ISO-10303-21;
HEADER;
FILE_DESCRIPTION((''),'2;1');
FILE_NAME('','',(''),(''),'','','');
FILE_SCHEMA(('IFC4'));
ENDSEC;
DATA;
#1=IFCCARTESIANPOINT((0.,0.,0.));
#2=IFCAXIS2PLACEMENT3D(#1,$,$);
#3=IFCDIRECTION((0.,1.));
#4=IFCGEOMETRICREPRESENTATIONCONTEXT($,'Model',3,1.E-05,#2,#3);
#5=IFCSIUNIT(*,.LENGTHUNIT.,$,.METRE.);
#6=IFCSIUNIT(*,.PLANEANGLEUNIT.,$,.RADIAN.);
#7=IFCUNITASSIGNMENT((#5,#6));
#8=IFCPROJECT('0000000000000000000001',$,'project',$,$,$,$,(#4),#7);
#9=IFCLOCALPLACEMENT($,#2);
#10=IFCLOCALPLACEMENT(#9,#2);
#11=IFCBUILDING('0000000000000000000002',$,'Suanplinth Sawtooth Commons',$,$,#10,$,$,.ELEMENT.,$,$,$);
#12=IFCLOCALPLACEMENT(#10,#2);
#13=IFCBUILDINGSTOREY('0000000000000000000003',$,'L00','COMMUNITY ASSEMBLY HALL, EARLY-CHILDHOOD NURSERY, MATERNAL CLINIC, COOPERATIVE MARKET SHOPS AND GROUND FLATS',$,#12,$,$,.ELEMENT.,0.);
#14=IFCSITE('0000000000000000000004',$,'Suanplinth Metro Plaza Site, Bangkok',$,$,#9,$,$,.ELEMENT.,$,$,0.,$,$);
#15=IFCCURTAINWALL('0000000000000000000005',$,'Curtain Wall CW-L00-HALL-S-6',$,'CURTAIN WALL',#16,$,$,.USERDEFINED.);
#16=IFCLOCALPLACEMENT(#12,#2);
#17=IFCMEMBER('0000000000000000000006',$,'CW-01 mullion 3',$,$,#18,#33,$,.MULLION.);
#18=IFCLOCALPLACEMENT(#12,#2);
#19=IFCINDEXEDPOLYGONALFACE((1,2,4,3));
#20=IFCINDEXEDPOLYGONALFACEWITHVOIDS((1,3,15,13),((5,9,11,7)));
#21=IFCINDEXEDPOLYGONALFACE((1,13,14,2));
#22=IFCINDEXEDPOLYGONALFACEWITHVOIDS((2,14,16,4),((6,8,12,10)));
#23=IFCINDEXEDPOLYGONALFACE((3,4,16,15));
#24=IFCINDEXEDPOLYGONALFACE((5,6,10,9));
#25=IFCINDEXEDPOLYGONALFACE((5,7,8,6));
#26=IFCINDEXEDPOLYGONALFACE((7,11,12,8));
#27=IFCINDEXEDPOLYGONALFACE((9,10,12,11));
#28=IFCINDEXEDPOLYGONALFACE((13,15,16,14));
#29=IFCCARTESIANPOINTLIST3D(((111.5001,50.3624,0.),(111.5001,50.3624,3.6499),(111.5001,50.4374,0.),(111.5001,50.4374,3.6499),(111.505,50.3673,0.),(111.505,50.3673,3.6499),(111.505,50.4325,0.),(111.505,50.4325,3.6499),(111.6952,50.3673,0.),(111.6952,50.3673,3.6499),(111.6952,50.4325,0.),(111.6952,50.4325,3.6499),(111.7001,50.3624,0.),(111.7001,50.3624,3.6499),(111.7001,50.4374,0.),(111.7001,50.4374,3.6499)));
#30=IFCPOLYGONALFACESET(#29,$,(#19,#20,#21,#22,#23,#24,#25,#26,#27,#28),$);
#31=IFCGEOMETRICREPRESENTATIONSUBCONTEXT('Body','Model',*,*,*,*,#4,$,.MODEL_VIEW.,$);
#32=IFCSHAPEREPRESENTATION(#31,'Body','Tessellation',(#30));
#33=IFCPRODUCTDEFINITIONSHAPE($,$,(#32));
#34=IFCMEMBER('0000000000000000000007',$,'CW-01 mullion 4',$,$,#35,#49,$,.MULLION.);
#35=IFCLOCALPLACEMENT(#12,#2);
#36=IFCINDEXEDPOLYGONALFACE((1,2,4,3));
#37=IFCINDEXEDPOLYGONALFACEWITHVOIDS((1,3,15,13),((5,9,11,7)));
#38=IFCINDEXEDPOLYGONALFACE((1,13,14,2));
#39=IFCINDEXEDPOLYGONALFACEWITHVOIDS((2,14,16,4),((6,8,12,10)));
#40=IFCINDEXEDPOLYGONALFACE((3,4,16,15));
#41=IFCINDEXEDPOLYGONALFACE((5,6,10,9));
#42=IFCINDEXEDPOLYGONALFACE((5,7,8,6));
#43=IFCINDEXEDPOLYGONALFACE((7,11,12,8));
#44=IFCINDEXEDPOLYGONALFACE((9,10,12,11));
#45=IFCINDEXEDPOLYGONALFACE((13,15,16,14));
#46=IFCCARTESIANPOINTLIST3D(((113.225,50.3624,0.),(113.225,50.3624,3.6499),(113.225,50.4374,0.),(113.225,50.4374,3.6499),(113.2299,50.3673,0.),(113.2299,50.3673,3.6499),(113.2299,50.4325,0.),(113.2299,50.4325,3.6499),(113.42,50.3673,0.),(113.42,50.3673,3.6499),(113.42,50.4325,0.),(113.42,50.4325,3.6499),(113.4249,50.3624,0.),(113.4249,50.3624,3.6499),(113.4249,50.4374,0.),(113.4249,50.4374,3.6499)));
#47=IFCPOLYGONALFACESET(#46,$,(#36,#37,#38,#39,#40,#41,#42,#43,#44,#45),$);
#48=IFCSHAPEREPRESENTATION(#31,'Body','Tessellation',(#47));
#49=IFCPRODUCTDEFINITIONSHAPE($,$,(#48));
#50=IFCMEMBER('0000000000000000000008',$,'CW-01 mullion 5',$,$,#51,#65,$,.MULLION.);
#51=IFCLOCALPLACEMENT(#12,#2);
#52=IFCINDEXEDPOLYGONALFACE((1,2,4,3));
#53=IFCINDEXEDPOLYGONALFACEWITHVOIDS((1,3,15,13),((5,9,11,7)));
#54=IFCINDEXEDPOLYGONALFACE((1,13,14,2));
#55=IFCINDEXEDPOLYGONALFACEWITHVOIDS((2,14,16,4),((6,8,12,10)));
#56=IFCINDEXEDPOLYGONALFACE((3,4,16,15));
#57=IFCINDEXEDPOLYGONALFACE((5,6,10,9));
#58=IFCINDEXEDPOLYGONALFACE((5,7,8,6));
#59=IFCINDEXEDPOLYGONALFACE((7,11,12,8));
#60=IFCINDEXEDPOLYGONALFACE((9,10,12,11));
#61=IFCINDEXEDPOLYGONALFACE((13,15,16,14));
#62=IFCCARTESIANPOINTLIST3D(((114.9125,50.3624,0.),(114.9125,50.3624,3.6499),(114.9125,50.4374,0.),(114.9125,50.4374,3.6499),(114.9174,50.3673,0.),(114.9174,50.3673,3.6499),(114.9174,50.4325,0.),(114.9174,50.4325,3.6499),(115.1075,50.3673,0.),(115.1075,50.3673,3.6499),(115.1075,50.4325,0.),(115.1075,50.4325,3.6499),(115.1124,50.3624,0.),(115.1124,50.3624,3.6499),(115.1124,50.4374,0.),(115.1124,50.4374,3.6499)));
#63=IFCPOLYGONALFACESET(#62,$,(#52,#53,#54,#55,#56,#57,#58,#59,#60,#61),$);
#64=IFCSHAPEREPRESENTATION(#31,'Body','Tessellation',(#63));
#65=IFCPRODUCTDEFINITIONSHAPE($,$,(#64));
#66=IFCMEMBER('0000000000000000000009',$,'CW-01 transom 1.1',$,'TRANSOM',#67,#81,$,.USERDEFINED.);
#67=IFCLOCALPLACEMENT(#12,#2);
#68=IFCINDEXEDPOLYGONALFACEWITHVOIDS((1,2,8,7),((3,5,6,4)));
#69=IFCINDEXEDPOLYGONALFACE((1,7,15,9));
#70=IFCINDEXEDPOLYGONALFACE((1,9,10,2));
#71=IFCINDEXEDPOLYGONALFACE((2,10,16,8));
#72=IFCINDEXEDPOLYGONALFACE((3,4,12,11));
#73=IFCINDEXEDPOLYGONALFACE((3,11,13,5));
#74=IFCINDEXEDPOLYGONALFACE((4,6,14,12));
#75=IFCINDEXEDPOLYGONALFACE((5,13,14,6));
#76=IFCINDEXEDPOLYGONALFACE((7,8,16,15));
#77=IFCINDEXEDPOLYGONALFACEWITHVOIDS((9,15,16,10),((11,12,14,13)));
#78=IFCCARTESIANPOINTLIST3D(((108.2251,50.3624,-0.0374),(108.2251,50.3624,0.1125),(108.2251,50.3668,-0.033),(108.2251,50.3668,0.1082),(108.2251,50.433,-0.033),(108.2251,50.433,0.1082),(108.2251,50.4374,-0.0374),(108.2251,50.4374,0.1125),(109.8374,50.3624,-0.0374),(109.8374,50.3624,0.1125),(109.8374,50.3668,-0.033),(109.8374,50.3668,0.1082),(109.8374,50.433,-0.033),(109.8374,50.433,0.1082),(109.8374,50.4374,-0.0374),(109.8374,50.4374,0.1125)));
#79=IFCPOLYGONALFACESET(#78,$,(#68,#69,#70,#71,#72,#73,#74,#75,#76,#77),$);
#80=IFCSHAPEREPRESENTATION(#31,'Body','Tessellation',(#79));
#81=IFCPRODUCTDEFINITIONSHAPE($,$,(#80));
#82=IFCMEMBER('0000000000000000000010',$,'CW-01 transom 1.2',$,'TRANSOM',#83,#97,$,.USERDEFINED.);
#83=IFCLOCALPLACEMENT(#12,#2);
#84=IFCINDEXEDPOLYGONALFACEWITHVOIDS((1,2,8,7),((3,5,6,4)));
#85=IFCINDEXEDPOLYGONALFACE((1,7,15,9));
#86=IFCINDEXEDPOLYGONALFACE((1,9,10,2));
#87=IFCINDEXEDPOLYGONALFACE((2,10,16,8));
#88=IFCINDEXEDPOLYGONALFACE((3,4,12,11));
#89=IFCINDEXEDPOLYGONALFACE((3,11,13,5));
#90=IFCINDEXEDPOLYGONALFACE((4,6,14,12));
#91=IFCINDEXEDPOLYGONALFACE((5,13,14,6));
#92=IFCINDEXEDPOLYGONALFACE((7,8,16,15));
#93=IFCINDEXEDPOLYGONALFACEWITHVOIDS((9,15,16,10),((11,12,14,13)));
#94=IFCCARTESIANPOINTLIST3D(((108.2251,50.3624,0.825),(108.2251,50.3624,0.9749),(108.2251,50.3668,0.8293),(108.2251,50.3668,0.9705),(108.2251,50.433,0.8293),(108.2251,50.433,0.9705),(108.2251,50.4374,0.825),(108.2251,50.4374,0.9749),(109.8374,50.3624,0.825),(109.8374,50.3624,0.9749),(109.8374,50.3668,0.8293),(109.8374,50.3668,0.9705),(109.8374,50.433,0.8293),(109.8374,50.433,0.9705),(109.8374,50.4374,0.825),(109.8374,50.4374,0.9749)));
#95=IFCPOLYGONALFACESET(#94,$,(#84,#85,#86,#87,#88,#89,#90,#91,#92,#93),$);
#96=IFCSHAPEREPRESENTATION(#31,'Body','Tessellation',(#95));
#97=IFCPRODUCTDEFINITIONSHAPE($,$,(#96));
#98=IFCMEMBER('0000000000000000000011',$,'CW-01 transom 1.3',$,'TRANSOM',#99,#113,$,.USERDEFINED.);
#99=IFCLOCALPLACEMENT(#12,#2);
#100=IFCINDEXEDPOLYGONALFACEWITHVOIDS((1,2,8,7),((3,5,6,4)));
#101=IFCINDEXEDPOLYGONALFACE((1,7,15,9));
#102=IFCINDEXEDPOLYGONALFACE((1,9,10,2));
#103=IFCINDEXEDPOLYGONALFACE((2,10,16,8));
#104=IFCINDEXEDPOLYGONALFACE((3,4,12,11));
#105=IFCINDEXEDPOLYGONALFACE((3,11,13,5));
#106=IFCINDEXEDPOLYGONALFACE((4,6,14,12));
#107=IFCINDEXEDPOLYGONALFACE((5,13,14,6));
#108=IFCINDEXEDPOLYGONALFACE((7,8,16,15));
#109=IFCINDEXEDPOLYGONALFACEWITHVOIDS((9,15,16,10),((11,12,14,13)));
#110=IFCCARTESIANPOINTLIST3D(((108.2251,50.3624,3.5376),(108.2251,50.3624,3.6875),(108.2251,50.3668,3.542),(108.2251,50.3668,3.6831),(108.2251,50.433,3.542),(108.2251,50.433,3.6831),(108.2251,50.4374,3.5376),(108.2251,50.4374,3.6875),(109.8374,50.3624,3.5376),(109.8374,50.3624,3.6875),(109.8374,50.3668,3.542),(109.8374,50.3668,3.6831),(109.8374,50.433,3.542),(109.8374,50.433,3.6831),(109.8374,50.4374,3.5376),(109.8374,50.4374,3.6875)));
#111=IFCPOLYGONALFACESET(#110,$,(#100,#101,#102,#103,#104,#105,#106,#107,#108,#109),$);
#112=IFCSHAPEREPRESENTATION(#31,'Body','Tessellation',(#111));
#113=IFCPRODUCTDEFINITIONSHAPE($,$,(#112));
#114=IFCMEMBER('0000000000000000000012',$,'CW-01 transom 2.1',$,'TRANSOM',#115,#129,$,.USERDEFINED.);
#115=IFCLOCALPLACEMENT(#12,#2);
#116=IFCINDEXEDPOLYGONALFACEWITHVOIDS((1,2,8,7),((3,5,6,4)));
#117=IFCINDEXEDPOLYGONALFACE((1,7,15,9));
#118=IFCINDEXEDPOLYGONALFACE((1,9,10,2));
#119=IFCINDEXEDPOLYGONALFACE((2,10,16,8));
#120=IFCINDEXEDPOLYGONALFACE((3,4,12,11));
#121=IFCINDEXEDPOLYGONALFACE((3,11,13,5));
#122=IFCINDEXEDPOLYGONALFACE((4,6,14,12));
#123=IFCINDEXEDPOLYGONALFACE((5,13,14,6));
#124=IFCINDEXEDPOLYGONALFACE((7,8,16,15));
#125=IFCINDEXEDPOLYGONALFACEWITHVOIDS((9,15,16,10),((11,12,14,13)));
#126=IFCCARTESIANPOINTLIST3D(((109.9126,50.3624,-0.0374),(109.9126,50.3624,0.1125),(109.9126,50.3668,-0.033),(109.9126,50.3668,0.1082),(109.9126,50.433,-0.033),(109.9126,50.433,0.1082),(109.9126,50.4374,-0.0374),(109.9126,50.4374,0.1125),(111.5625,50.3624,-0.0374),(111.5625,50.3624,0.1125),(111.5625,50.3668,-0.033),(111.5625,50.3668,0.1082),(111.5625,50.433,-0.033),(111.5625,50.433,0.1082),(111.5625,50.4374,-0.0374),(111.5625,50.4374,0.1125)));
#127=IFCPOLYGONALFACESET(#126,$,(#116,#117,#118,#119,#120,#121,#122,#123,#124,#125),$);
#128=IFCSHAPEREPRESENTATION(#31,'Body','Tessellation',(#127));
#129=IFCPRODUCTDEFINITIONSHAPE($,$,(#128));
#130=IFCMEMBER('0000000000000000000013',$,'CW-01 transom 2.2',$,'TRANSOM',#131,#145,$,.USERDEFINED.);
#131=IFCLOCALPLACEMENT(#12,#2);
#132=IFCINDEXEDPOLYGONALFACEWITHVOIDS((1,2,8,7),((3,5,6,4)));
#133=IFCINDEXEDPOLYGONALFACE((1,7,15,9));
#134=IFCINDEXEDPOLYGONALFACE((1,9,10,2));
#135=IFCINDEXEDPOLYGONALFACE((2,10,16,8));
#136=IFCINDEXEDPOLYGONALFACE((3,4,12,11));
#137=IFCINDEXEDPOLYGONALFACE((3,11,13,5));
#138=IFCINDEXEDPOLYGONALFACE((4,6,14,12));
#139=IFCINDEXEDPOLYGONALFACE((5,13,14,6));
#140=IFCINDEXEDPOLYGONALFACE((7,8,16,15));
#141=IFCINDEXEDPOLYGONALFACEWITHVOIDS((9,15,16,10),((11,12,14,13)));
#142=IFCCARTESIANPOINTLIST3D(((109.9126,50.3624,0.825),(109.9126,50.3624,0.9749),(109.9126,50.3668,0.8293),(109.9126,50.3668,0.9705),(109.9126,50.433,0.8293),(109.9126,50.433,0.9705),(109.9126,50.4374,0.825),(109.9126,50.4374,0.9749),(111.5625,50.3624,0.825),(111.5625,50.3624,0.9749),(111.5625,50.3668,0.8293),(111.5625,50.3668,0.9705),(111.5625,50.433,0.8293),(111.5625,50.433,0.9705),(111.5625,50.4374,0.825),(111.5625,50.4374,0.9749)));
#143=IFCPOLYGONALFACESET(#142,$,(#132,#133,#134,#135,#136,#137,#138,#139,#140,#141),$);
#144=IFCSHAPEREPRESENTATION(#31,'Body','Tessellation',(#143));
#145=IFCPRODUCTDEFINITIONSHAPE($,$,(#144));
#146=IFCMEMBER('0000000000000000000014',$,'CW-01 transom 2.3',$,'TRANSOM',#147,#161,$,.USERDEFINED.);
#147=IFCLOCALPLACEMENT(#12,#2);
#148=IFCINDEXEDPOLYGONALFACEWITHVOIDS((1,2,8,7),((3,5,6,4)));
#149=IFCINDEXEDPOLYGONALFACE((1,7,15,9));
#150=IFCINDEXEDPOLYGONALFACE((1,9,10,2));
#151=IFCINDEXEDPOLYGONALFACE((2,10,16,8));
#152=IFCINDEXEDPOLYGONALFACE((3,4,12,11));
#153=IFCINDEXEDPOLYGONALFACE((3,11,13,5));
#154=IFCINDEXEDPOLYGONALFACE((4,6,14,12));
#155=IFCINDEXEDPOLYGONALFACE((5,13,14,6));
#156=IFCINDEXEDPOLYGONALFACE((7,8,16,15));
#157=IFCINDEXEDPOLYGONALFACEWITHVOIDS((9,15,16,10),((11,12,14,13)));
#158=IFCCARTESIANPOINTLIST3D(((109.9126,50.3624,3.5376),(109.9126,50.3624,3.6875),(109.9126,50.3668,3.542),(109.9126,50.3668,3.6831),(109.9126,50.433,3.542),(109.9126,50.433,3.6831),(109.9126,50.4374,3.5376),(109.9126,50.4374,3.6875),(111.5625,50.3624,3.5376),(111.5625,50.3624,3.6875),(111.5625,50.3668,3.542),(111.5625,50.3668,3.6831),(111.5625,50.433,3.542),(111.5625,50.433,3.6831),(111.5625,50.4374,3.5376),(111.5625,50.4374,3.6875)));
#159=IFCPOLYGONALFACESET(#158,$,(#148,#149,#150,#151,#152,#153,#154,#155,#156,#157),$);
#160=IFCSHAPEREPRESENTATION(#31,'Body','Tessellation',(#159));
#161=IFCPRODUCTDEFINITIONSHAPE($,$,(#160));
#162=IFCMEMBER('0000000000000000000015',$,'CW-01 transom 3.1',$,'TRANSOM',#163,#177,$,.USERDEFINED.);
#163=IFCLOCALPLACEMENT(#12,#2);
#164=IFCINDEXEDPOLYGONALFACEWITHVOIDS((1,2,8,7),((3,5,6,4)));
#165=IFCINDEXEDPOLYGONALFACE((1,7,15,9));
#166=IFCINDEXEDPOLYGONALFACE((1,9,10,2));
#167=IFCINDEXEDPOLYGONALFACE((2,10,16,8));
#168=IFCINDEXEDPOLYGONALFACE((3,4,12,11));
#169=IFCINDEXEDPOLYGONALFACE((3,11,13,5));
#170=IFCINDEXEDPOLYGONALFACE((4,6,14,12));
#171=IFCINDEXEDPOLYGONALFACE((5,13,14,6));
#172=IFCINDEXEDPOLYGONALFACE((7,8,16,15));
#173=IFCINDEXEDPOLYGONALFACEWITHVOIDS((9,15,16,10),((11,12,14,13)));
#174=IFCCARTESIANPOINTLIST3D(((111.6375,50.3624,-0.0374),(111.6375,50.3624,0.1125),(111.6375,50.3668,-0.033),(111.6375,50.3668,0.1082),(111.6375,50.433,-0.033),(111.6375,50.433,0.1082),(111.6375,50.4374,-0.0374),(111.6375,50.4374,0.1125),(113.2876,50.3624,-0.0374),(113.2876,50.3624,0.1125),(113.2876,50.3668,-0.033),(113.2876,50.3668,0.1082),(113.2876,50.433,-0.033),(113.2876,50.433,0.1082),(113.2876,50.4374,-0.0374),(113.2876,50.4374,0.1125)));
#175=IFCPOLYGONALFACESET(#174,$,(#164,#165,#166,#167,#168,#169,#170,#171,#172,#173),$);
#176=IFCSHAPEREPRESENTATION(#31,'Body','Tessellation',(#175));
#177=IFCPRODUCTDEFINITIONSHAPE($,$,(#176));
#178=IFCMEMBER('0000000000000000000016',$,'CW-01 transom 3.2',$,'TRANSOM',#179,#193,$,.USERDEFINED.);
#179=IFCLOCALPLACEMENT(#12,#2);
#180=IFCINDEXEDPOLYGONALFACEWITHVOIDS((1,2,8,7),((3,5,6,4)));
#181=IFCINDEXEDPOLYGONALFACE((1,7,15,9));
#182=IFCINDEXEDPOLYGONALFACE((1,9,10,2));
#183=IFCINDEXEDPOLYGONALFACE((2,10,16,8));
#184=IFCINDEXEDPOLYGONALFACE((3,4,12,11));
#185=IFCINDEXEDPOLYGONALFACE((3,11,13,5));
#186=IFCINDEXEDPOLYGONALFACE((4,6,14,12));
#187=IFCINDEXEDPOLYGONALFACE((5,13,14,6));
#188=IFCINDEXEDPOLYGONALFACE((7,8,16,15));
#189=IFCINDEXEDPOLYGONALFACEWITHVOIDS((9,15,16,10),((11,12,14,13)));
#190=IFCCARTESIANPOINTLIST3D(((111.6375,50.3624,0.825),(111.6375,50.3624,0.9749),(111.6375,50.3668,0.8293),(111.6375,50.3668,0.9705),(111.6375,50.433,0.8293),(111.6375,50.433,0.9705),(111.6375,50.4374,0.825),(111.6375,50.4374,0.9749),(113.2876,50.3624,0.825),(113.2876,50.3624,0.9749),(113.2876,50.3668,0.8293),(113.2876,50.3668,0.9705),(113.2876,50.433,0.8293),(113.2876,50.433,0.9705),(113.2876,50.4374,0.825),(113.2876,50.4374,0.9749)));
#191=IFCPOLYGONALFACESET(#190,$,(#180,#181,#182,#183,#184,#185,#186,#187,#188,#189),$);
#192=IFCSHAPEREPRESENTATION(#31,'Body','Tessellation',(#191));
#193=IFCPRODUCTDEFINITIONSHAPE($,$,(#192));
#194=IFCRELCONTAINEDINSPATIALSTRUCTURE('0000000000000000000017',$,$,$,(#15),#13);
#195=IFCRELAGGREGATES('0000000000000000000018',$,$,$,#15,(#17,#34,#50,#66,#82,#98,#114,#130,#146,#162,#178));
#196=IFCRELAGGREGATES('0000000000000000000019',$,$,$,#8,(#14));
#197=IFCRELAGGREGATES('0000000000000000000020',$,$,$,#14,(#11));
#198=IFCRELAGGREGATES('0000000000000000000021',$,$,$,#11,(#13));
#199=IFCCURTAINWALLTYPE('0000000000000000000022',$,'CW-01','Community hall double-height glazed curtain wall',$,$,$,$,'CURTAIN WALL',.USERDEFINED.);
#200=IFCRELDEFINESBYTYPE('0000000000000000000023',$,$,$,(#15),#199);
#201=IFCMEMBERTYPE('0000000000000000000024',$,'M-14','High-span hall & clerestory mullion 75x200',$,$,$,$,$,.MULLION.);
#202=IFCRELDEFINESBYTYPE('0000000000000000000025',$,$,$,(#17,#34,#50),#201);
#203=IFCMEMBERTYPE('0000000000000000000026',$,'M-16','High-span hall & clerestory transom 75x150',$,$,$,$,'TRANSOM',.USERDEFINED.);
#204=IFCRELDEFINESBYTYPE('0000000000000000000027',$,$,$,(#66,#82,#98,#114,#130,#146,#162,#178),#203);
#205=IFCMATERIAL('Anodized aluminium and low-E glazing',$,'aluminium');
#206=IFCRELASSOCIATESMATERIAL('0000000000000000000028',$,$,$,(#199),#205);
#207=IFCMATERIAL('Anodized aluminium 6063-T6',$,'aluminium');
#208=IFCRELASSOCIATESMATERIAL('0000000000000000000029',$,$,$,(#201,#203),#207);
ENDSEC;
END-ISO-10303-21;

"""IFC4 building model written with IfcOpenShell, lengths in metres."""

from ifc_helpers import new_model, si_unit, direction, frame, origin, origin_2d, place, context, subcontext, project, spatial, hollow_rectangle, extrude, material, material_profile, profile_set, type_object, element, aggregate, save


model = new_model("IFC4")

# Units and contexts
model_context = context("Model", 3, precision=1e-05, world=origin(), true_north=direction((0.0, 1.0)))
body_context = subcontext(model_context, "Body", "Model", "MODEL_VIEW")
ifc_project = project(units=[si_unit("LENGTHUNIT", "METRE"), si_unit("PLANEANGLEUNIT", "RADIAN")], contexts=[model_context])

# Site, building, storey
site_placement = place(None, origin())
site = spatial("IfcSite", under=ifc_project, at=site_placement, Name="Suanplinth Metro Plaza Site, Bangkok", CompositionType="ELEMENT", RefElevation=0.0)
building_placement = place(site_placement, origin())
building = spatial("IfcBuilding", under=site, at=building_placement, Name="Suanplinth Sawtooth Commons", CompositionType="ELEMENT")
storey_placement = place(building_placement, origin())
storey = spatial("IfcBuildingStorey", under=building, at=storey_placement, Name="L00", Description="COMMUNITY ASSEMBLY HALL, EARLY-CHILDHOOD NURSERY, MATERNAL CLINIC, COOPERATIVE MARKET SHOPS AND GROUND FLATS", CompositionType="ELEMENT", Elevation=0.0)

# Shared definitions
ifc_material_1 = material(Name="Anodized aluminium and low-E glazing", Category="aluminium")
curtain_wall_type = type_object("IfcCurtainWallType", Name="CW-01", Description="Community hall double-height glazed curtain wall", ElementType="CURTAIN WALL", PredefinedType="USERDEFINED", material=ifc_material_1)
ifc_material_2 = material(Name="Anodized aluminium 6063-T6", Category="aluminium")
ifc_material_profile_1 = material_profile(ifc_material_2, hollow_rectangle(XDim=0.075, YDim=0.2, WallThickness=0.0049, at=origin_2d()), Name="ALU-MUL 75x200")
ifc_profile_set_1 = profile_set([ifc_material_profile_1], Name="Anodized aluminium 6063-T6")
member_type_1 = type_object("IfcMemberType", Name="M-14", Description="High-span hall & clerestory mullion 75x200", PredefinedType="MULLION", material=ifc_profile_set_1)

# Curtain wall, members
curtain_wall_1_placement = place(storey_placement, origin())
curtain_wall_1 = element("IfcCurtainWall", 1, at=curtain_wall_1_placement, inside=storey, type_object=curtain_wall_type, Name="Curtain Wall CW-L00-HALL-S-6", ObjectType="CURTAIN WALL", PredefinedType="USERDEFINED")
member_1_placement = place(storey_placement, frame((111.6001, 50.3999, 0.0), z_axis=(0.0, 0.0, 1.0), x_axis=(0.0, 1.0, 0.0)))
member_1 = element("IfcMember", 2, at=member_1_placement, type_object=member_type_1, Name="CW-01 mullion 3", PredefinedType="MULLION", context=body_context, shape_type="SweptSolid", body=[
    extrude(hollow_rectangle(XDim=0.075, YDim=0.2, WallThickness=0.0049, at=origin_2d()), origin(), (0.0, 0.0, 1.0), 3.6499),
])
member_2_placement = place(storey_placement, frame((113.325, 50.3999, 0.0), z_axis=(0.0, 0.0, 1.0), x_axis=(0.0, 1.0, 0.0)))
member_2 = element("IfcMember", 3, at=member_2_placement, type_object=member_type_1, Name="CW-01 mullion 4", PredefinedType="MULLION", context=body_context, shape_type="SweptSolid", body=[
    extrude(hollow_rectangle(XDim=0.075, YDim=0.2, WallThickness=0.0049, at=origin_2d()), origin(), (0.0, 0.0, 1.0), 3.6499),
])
member_3_placement = place(storey_placement, frame((115.0125, 50.3999, 0.0), z_axis=(0.0, 0.0, 1.0), x_axis=(0.0, 1.0, 0.0)))
member_3 = element("IfcMember", 4, at=member_3_placement, type_object=member_type_1, Name="CW-01 mullion 5", PredefinedType="MULLION", context=body_context, shape_type="SweptSolid", body=[
    extrude(hollow_rectangle(XDim=0.075, YDim=0.2, WallThickness=0.0049, at=origin_2d()), origin(), (0.0, 0.0, 1.0), 3.6499),
])
ifc_material_profile_2 = material_profile(ifc_material_2, hollow_rectangle(XDim=0.075, YDim=0.1499, WallThickness=0.0044, at=origin_2d()), Name="ALU-TRN 75x150")
ifc_profile_set_2 = profile_set([ifc_material_profile_2], Name="Anodized aluminium 6063-T6")
member_type_2 = type_object("IfcMemberType", Name="M-16", Description="High-span hall & clerestory transom 75x150", ElementType="TRANSOM", PredefinedType="USERDEFINED", material=ifc_profile_set_2)
member_4_placement = place(storey_placement, frame((108.2251, 50.3999, 0.0376), z_axis=(1.0, 0.0, 0.0), x_axis=(0.0, 1.0, 0.0)))
member_4 = element("IfcMember", 5, at=member_4_placement, type_object=member_type_2, Name="CW-01 transom 1.1", ObjectType="TRANSOM", PredefinedType="USERDEFINED", context=body_context, shape_type="SweptSolid", body=[
    extrude(hollow_rectangle(XDim=0.075, YDim=0.1499, WallThickness=0.0044, at=origin_2d()), origin(), (0.0, 0.0, 1.0), 1.6123),
])
member_5_placement = place(storey_placement, frame((108.2251, 50.3999, 0.8999), z_axis=(1.0, 0.0, 0.0), x_axis=(0.0, 1.0, 0.0)))
member_5 = element("IfcMember", 6, at=member_5_placement, type_object=member_type_2, Name="CW-01 transom 1.2", ObjectType="TRANSOM", PredefinedType="USERDEFINED", context=body_context, shape_type="SweptSolid", body=[
    extrude(hollow_rectangle(XDim=0.075, YDim=0.1499, WallThickness=0.0044, at=origin_2d()), origin(), (0.0, 0.0, 1.0), 1.6123),
])
member_6_placement = place(storey_placement, frame((108.2251, 50.3999, 3.6125), z_axis=(1.0, 0.0, 0.0), x_axis=(0.0, 1.0, 0.0)))
member_6 = element("IfcMember", 7, at=member_6_placement, type_object=member_type_2, Name="CW-01 transom 1.3", ObjectType="TRANSOM", PredefinedType="USERDEFINED", context=body_context, shape_type="SweptSolid", body=[
    extrude(hollow_rectangle(XDim=0.075, YDim=0.1499, WallThickness=0.0044, at=origin_2d()), origin(), (0.0, 0.0, 1.0), 1.6123),
])
member_7_placement = place(storey_placement, frame((109.9126, 50.3999, 0.0376), z_axis=(1.0, 0.0, 0.0), x_axis=(0.0, 1.0, 0.0)))
member_7 = element("IfcMember", 8, at=member_7_placement, type_object=member_type_2, Name="CW-01 transom 2.1", ObjectType="TRANSOM", PredefinedType="USERDEFINED", context=body_context, shape_type="SweptSolid", body=[
    extrude(hollow_rectangle(XDim=0.075, YDim=0.1499, WallThickness=0.0044, at=origin_2d()), origin(), (0.0, 0.0, 1.0), 1.6499),
])
member_8_placement = place(storey_placement, frame((109.9126, 50.3999, 0.8999), z_axis=(1.0, 0.0, 0.0), x_axis=(0.0, 1.0, 0.0)))
member_8 = element("IfcMember", 9, at=member_8_placement, type_object=member_type_2, Name="CW-01 transom 2.2", ObjectType="TRANSOM", PredefinedType="USERDEFINED", context=body_context, shape_type="SweptSolid", body=[
    extrude(hollow_rectangle(XDim=0.075, YDim=0.1499, WallThickness=0.0044, at=origin_2d()), origin(), (0.0, 0.0, 1.0), 1.6499),
])
member_9_placement = place(storey_placement, frame((109.9126, 50.3999, 3.6125), z_axis=(1.0, 0.0, 0.0), x_axis=(0.0, 1.0, 0.0)))
member_9 = element("IfcMember", 10, at=member_9_placement, type_object=member_type_2, Name="CW-01 transom 2.3", ObjectType="TRANSOM", PredefinedType="USERDEFINED", context=body_context, shape_type="SweptSolid", body=[
    extrude(hollow_rectangle(XDim=0.075, YDim=0.1499, WallThickness=0.0044, at=origin_2d()), origin(), (0.0, 0.0, 1.0), 1.6499),
])
member_10_placement = place(storey_placement, frame((111.6375, 50.3999, 0.0376), z_axis=(1.0, 0.0, 0.0), x_axis=(0.0, 1.0, 0.0)))
member_10 = element("IfcMember", 11, at=member_10_placement, type_object=member_type_2, Name="CW-01 transom 3.1", ObjectType="TRANSOM", PredefinedType="USERDEFINED", context=body_context, shape_type="SweptSolid", body=[
    extrude(hollow_rectangle(XDim=0.075, YDim=0.1499, WallThickness=0.0044, at=origin_2d()), origin(), (0.0, 0.0, 1.0), 1.6501),
])
member_11_placement = place(storey_placement, frame((111.6375, 50.3999, 0.8999), z_axis=(1.0, 0.0, 0.0), x_axis=(0.0, 1.0, 0.0)))
member_11 = element("IfcMember", 12, at=member_11_placement, type_object=member_type_2, Name="CW-01 transom 3.2", ObjectType="TRANSOM", PredefinedType="USERDEFINED", context=body_context, shape_type="SweptSolid", body=[
    extrude(hollow_rectangle(XDim=0.075, YDim=0.1499, WallThickness=0.0044, at=origin_2d()), origin(), (0.0, 0.0, 1.0), 1.6501),
])
aggregate(curtain_wall_1, [member_1, member_2, member_3, member_4, member_5, member_6, member_7, member_8, member_9, member_10, member_11])

save(model, "model.ifc")
